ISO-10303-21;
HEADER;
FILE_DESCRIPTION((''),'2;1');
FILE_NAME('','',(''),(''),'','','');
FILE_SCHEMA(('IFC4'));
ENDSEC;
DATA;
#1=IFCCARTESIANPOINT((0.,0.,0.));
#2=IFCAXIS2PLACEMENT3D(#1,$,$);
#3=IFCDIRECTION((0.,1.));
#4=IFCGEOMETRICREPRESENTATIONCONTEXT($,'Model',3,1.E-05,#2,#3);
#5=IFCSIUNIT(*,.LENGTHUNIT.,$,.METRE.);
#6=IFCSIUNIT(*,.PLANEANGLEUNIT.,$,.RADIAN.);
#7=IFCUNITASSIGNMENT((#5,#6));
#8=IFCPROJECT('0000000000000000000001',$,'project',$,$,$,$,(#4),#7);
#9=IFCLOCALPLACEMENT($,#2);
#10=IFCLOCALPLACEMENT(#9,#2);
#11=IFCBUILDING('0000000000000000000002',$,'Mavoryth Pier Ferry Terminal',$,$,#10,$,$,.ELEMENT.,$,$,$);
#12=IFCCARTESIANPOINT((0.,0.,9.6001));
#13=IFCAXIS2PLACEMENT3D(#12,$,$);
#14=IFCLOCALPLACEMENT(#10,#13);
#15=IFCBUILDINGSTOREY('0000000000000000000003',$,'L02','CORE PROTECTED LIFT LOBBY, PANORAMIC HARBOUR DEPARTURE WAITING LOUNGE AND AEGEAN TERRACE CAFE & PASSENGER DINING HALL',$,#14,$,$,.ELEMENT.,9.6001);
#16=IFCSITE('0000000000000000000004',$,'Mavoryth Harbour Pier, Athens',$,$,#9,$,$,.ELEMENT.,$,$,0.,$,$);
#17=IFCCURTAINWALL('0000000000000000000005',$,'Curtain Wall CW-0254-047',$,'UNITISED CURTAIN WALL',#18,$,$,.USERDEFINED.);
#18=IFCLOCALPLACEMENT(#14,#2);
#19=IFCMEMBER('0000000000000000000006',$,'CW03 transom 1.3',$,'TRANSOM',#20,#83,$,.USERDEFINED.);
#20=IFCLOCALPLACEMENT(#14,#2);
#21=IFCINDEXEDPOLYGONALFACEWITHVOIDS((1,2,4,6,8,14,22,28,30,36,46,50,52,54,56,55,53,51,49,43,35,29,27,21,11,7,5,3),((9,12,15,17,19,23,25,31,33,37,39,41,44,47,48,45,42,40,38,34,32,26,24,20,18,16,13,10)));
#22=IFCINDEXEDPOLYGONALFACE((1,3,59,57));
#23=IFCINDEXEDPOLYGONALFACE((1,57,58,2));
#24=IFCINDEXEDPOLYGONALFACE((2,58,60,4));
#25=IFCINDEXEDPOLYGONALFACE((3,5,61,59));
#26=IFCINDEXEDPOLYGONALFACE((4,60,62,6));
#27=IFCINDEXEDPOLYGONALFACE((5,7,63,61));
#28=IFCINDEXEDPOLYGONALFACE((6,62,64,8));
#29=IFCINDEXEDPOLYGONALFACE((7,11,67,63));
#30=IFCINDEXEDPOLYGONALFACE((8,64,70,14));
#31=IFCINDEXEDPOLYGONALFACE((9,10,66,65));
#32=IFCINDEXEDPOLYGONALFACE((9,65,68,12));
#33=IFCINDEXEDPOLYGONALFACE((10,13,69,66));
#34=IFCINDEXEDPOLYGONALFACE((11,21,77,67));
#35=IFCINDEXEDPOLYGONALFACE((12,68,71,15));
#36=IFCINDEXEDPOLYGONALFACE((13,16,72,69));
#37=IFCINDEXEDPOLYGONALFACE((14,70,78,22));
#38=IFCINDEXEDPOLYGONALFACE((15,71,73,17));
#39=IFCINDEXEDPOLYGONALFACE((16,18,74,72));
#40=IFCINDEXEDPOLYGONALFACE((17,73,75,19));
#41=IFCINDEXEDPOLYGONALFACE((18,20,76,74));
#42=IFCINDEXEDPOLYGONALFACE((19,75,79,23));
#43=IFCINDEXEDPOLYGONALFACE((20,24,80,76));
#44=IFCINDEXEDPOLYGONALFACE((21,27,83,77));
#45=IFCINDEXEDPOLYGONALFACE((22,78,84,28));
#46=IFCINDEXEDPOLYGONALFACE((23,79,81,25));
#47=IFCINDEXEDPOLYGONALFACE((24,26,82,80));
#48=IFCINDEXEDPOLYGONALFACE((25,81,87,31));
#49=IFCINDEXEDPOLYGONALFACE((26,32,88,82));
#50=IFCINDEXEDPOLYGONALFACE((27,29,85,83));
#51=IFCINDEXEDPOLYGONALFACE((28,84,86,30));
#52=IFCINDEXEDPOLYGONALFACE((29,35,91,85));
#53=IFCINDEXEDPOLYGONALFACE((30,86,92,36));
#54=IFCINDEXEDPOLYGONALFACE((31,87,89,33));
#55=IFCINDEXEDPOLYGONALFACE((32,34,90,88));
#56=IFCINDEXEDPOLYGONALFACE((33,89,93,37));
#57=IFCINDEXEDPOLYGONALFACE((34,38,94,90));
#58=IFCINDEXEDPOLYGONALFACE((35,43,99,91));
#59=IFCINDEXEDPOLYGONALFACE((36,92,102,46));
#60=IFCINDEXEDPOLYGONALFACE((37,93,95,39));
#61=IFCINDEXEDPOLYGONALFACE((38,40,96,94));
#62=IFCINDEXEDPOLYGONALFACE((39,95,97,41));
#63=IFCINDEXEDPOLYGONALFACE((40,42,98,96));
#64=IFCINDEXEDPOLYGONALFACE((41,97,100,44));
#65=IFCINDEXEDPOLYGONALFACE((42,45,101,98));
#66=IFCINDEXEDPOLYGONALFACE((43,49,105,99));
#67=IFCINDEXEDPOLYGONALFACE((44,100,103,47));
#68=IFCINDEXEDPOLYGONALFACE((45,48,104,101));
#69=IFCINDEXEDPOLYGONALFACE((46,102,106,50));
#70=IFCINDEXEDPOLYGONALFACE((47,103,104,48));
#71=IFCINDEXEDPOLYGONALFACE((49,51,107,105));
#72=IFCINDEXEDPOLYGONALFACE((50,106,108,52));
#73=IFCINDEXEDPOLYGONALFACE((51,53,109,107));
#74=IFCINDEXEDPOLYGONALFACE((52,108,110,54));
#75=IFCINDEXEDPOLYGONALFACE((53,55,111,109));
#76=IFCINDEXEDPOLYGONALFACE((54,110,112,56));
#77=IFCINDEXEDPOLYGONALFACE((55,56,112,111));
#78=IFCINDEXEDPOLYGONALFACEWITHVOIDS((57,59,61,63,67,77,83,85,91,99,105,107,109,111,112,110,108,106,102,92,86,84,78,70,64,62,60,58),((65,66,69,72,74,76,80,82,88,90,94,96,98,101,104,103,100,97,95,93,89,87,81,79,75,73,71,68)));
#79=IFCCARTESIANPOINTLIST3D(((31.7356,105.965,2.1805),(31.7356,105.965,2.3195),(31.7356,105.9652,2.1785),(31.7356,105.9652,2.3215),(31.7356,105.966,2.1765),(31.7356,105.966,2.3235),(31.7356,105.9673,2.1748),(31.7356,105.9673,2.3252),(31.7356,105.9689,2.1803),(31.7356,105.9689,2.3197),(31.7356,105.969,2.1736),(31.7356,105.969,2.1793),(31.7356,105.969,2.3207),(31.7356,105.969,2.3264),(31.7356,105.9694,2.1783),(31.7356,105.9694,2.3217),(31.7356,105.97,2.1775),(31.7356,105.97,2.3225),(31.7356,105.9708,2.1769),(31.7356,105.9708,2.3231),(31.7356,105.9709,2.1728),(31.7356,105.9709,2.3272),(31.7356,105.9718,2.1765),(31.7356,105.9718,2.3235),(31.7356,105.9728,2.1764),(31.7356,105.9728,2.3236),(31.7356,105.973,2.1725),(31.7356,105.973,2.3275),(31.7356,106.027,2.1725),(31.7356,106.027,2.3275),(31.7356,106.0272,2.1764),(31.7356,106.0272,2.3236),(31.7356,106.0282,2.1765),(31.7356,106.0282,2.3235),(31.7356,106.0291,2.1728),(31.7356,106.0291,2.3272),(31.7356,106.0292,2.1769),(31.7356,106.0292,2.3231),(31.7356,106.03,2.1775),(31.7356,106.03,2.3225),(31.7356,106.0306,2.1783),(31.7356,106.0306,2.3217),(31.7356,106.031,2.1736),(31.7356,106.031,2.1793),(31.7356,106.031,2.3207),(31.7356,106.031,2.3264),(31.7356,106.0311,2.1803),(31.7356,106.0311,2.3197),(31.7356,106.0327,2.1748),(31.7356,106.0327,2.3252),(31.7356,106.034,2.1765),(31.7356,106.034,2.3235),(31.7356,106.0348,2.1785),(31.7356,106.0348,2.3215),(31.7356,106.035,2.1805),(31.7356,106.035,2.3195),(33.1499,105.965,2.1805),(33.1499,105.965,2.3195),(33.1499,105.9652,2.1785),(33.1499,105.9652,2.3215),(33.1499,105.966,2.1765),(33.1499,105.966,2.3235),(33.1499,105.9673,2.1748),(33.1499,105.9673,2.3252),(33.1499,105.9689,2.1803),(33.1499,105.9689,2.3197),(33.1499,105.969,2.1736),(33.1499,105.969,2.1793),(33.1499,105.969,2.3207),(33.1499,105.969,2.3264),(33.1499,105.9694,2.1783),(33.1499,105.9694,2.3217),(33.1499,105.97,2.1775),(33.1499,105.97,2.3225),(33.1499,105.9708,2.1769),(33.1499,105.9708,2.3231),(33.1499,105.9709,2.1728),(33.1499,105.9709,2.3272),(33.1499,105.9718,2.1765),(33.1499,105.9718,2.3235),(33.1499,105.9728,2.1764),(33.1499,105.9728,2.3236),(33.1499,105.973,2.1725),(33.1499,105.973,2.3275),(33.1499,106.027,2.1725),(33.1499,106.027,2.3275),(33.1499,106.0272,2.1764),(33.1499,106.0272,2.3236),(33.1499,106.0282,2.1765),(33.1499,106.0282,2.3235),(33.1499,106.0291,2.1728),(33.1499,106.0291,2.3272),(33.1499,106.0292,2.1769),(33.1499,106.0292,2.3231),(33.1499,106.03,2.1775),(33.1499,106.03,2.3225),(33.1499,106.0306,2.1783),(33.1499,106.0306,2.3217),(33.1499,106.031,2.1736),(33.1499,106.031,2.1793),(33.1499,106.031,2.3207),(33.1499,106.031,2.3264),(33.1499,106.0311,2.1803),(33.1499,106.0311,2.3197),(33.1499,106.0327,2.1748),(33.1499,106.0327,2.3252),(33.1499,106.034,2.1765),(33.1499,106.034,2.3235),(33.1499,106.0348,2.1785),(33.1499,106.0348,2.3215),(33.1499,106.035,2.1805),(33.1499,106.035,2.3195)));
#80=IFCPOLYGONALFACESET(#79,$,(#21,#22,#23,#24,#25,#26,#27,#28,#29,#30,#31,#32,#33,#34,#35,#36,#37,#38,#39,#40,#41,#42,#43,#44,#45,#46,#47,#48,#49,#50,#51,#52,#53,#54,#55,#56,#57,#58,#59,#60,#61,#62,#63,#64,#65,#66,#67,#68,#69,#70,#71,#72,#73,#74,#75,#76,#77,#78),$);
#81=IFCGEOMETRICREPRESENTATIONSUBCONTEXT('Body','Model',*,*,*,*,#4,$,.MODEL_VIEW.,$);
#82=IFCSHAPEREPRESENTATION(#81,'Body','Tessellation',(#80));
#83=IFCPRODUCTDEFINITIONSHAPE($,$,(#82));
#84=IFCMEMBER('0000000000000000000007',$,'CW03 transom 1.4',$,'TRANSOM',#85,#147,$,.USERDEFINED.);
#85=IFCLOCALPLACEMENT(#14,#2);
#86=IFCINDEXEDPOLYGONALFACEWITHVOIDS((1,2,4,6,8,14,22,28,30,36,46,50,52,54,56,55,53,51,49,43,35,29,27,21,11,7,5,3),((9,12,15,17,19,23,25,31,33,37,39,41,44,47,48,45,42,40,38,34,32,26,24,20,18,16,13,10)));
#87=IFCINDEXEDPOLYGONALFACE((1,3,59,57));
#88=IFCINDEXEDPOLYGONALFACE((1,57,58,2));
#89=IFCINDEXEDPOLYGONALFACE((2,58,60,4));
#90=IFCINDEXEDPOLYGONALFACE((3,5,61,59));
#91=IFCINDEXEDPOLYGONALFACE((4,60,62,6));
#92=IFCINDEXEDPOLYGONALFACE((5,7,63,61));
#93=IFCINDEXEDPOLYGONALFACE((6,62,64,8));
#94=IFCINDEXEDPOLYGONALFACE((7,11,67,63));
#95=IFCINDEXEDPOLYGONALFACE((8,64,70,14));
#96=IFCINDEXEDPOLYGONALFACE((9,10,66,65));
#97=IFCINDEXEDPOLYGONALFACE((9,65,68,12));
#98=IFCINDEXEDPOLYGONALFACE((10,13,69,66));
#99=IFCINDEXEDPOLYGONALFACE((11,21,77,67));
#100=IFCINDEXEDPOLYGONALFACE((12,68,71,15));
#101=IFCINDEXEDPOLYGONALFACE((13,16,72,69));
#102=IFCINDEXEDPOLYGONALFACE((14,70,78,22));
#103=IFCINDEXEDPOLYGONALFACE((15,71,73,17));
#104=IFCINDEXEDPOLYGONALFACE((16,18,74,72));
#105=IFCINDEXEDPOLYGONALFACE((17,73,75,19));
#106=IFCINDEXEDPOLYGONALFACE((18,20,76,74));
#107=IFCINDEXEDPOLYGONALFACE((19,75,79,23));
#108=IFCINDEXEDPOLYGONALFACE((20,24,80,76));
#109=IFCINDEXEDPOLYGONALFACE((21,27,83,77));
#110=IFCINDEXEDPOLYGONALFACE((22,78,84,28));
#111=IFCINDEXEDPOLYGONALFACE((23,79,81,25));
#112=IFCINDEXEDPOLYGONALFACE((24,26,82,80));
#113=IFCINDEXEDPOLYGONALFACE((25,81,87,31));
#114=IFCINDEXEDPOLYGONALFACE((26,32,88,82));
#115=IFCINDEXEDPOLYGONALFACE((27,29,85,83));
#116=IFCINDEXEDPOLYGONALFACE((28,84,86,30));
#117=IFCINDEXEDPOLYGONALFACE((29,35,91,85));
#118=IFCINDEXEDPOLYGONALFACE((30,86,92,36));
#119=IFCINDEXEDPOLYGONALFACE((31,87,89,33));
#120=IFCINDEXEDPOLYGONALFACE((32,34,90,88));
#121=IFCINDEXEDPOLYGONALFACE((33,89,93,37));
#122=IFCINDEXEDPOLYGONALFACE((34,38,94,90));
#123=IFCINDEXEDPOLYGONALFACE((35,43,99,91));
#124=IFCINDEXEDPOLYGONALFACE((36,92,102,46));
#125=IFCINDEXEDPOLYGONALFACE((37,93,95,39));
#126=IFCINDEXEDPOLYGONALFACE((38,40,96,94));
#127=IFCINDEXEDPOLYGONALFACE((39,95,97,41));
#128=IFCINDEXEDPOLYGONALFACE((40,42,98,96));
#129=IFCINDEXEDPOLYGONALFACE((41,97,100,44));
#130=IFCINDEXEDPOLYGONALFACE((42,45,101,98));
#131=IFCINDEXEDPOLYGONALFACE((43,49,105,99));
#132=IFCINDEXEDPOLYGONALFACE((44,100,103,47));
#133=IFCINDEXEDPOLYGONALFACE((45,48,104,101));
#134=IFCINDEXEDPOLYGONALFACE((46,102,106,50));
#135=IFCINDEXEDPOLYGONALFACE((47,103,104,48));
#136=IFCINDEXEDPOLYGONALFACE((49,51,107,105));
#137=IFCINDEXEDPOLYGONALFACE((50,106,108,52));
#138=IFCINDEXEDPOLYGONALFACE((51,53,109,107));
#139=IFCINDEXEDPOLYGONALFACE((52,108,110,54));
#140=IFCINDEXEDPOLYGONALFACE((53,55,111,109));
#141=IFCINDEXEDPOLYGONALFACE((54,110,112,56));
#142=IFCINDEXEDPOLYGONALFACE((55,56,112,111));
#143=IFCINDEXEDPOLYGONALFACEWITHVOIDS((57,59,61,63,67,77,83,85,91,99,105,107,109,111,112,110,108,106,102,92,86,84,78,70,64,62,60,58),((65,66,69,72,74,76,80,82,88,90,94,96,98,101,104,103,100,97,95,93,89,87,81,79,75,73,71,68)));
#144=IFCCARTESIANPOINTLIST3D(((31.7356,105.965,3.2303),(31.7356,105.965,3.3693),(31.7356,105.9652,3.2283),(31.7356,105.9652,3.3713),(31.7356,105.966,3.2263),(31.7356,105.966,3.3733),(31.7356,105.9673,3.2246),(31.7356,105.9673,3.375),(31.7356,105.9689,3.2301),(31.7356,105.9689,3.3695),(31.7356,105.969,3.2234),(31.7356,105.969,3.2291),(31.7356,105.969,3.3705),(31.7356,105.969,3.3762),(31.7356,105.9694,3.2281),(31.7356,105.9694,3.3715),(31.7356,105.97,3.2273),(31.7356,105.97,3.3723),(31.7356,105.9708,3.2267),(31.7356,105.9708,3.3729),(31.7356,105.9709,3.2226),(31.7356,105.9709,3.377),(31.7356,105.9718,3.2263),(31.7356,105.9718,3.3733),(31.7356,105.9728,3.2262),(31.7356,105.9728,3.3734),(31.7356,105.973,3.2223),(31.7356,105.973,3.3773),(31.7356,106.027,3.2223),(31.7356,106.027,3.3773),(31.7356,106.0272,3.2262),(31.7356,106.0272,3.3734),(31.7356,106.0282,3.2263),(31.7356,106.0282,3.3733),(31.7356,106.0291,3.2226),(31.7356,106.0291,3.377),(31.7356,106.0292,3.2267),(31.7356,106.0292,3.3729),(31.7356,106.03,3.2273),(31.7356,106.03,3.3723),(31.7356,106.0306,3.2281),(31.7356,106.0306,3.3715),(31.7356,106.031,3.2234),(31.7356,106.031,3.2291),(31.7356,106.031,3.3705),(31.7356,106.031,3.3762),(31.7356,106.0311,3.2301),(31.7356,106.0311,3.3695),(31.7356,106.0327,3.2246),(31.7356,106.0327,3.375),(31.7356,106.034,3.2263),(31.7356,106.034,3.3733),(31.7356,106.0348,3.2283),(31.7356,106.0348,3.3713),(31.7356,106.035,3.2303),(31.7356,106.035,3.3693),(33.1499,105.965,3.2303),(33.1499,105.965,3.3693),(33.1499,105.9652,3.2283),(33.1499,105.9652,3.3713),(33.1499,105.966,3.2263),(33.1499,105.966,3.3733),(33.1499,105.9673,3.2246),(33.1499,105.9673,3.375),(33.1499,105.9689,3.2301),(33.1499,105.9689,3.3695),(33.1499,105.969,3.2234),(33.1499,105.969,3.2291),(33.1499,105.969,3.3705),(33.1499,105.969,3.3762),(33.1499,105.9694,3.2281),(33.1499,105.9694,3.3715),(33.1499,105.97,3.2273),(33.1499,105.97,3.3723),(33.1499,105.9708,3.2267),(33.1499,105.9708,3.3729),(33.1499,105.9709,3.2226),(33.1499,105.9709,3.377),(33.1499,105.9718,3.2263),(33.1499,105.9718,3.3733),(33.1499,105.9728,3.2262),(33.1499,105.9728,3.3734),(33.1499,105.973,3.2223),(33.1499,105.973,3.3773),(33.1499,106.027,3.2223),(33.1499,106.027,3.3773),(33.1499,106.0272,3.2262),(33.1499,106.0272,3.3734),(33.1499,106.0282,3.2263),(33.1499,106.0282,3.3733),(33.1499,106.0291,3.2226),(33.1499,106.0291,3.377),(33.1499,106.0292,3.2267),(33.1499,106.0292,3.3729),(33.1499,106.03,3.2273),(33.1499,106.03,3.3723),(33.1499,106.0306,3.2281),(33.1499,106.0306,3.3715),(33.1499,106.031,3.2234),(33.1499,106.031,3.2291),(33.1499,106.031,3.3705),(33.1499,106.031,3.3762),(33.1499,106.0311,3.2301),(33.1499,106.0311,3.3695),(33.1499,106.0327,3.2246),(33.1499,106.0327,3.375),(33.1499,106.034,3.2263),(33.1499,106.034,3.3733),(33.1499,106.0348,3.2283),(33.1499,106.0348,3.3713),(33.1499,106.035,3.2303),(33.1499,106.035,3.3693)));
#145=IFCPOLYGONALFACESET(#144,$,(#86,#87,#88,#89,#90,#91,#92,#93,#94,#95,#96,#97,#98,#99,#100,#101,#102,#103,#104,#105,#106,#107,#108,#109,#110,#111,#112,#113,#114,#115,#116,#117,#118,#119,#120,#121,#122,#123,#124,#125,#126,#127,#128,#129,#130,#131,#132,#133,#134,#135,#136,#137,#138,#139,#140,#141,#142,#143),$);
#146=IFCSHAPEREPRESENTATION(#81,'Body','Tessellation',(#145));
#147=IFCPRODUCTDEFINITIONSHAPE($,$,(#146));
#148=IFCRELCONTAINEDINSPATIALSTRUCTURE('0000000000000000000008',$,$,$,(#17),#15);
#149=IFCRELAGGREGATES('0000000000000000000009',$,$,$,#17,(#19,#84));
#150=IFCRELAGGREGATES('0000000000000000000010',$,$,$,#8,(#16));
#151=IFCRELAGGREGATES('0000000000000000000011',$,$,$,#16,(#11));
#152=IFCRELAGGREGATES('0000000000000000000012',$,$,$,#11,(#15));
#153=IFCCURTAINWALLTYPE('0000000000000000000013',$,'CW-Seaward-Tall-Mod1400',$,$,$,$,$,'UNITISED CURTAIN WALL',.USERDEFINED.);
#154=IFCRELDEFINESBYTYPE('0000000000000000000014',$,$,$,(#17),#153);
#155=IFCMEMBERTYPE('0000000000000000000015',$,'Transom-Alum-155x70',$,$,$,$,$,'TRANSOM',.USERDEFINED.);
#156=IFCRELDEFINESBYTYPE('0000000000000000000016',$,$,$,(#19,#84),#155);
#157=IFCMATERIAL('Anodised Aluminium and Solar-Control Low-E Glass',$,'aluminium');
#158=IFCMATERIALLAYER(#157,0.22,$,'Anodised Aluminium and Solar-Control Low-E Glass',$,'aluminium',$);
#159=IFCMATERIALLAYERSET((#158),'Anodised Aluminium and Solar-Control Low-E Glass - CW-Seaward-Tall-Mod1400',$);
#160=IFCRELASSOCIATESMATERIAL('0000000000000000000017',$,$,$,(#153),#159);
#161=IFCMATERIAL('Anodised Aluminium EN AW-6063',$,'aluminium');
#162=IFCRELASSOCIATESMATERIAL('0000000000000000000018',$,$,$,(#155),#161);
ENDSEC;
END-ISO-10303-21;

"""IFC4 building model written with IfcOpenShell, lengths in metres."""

from ifc_helpers import new_model, si_unit, direction, frame, origin, origin_2d, place, context, subcontext, project, spatial, hollow_rectangle, extrude, material, layer, layer_set, material_profile, profile_set, type_object, element, aggregate, save


model = new_model("IFC4")

# Units and contexts
model_context = context("Model", 3, precision=1e-05, world=origin(), true_north=direction((0.0, 1.0)))
body_context = subcontext(model_context, "Body", "Model", "MODEL_VIEW")
ifc_project = project(units=[si_unit("LENGTHUNIT", "METRE"), si_unit("PLANEANGLEUNIT", "RADIAN")], contexts=[model_context])

# Site, building, storey
site_placement = place(None, origin())
site = spatial("IfcSite", under=ifc_project, at=site_placement, Name="Mavoryth Harbour Pier, Athens", CompositionType="ELEMENT", RefElevation=0.0)
building_placement = place(site_placement, origin())
building = spatial("IfcBuilding", under=site, at=building_placement, Name="Mavoryth Pier Ferry Terminal", CompositionType="ELEMENT")
storey_placement = place(building_placement, frame((0.0, 0.0, 9.6001)))
storey = spatial("IfcBuildingStorey", under=building, at=storey_placement, Name="L02", Description="CORE PROTECTED LIFT LOBBY, PANORAMIC HARBOUR DEPARTURE WAITING LOUNGE AND AEGEAN TERRACE CAFE & PASSENGER DINING HALL", CompositionType="ELEMENT", Elevation=9.6001)

# Curtain wall
ifc_material_1 = material(Name="Anodised Aluminium and Solar-Control Low-E Glass", Category="aluminium")
ifc_layer_1 = layer(ifc_material_1, 0.22, Name="Anodised Aluminium and Solar-Control Low-E Glass", Category="aluminium")
ifc_layer_set_1 = layer_set([ifc_layer_1], Name="Anodised Aluminium and Solar-Control Low-E Glass - CW-Seaward-Tall-Mod1400")
curtain_wall_type = type_object("IfcCurtainWallType", Name="CW-Seaward-Tall-Mod1400", ElementType="UNITISED CURTAIN WALL", PredefinedType="USERDEFINED", material=ifc_layer_set_1)
curtain_wall_placement = place(storey_placement, origin())
curtain_wall = element("IfcCurtainWall", 1, at=curtain_wall_placement, inside=storey, type_object=curtain_wall_type, Name="Curtain Wall CW-0254-047", ObjectType="UNITISED CURTAIN WALL", PredefinedType="USERDEFINED")
ifc_material_2 = material(Name="Anodised Aluminium EN AW-6063", Category="aluminium")

# Members
ifc_material_profile_1 = material_profile(ifc_material_2, hollow_rectangle(XDim=0.0701, YDim=0.155, WallThickness=0.0039, InnerFilletRadius=0.0039, OuterFilletRadius=0.0081, at=origin_2d()), Name="AL-TRAN 155x70x4", Category="aluminium")
ifc_profile_set_1 = profile_set([ifc_material_profile_1], Name="Anodised Aluminium EN AW-6063 - AL-TRAN 155x70x4")
member_type_1 = type_object("IfcMemberType", Name="Transom-Alum-155x70", ElementType="TRANSOM", PredefinedType="USERDEFINED", material=ifc_profile_set_1)
member_1_placement = place(storey_placement, frame((33.1499, 106.0, 2.25), z_axis=(-1.0, 0.0, 0.0), x_axis=(0.0, -1.0, 0.0)))
member_1 = element("IfcMember", 2, at=member_1_placement, type_object=member_type_1, Name="CW03 transom 1.3", ObjectType="TRANSOM", PredefinedType="USERDEFINED", context=body_context, shape_type="SweptSolid", body=[
    extrude(hollow_rectangle(XDim=0.0701, YDim=0.155, WallThickness=0.0039, InnerFilletRadius=0.0039, OuterFilletRadius=0.0081, at=origin_2d()), origin(), (0.0, 0.0, 1.0), 1.4143),
])
member_2_placement = place(storey_placement, frame((33.1499, 106.0, 3.2998), z_axis=(-1.0, 0.0, 0.0), x_axis=(0.0, -1.0, 0.0)))
member_2 = element("IfcMember", 3, at=member_2_placement, type_object=member_type_1, Name="CW03 transom 1.4", ObjectType="TRANSOM", PredefinedType="USERDEFINED", context=body_context, shape_type="SweptSolid", body=[
    extrude(hollow_rectangle(XDim=0.0701, YDim=0.155, WallThickness=0.0039, InnerFilletRadius=0.0039, OuterFilletRadius=0.0081, at=origin_2d()), origin(), (0.0, 0.0, 1.0), 1.4143),
])

aggregate(curtain_wall, [member_1, member_2])

save(model, "model.ifc")
